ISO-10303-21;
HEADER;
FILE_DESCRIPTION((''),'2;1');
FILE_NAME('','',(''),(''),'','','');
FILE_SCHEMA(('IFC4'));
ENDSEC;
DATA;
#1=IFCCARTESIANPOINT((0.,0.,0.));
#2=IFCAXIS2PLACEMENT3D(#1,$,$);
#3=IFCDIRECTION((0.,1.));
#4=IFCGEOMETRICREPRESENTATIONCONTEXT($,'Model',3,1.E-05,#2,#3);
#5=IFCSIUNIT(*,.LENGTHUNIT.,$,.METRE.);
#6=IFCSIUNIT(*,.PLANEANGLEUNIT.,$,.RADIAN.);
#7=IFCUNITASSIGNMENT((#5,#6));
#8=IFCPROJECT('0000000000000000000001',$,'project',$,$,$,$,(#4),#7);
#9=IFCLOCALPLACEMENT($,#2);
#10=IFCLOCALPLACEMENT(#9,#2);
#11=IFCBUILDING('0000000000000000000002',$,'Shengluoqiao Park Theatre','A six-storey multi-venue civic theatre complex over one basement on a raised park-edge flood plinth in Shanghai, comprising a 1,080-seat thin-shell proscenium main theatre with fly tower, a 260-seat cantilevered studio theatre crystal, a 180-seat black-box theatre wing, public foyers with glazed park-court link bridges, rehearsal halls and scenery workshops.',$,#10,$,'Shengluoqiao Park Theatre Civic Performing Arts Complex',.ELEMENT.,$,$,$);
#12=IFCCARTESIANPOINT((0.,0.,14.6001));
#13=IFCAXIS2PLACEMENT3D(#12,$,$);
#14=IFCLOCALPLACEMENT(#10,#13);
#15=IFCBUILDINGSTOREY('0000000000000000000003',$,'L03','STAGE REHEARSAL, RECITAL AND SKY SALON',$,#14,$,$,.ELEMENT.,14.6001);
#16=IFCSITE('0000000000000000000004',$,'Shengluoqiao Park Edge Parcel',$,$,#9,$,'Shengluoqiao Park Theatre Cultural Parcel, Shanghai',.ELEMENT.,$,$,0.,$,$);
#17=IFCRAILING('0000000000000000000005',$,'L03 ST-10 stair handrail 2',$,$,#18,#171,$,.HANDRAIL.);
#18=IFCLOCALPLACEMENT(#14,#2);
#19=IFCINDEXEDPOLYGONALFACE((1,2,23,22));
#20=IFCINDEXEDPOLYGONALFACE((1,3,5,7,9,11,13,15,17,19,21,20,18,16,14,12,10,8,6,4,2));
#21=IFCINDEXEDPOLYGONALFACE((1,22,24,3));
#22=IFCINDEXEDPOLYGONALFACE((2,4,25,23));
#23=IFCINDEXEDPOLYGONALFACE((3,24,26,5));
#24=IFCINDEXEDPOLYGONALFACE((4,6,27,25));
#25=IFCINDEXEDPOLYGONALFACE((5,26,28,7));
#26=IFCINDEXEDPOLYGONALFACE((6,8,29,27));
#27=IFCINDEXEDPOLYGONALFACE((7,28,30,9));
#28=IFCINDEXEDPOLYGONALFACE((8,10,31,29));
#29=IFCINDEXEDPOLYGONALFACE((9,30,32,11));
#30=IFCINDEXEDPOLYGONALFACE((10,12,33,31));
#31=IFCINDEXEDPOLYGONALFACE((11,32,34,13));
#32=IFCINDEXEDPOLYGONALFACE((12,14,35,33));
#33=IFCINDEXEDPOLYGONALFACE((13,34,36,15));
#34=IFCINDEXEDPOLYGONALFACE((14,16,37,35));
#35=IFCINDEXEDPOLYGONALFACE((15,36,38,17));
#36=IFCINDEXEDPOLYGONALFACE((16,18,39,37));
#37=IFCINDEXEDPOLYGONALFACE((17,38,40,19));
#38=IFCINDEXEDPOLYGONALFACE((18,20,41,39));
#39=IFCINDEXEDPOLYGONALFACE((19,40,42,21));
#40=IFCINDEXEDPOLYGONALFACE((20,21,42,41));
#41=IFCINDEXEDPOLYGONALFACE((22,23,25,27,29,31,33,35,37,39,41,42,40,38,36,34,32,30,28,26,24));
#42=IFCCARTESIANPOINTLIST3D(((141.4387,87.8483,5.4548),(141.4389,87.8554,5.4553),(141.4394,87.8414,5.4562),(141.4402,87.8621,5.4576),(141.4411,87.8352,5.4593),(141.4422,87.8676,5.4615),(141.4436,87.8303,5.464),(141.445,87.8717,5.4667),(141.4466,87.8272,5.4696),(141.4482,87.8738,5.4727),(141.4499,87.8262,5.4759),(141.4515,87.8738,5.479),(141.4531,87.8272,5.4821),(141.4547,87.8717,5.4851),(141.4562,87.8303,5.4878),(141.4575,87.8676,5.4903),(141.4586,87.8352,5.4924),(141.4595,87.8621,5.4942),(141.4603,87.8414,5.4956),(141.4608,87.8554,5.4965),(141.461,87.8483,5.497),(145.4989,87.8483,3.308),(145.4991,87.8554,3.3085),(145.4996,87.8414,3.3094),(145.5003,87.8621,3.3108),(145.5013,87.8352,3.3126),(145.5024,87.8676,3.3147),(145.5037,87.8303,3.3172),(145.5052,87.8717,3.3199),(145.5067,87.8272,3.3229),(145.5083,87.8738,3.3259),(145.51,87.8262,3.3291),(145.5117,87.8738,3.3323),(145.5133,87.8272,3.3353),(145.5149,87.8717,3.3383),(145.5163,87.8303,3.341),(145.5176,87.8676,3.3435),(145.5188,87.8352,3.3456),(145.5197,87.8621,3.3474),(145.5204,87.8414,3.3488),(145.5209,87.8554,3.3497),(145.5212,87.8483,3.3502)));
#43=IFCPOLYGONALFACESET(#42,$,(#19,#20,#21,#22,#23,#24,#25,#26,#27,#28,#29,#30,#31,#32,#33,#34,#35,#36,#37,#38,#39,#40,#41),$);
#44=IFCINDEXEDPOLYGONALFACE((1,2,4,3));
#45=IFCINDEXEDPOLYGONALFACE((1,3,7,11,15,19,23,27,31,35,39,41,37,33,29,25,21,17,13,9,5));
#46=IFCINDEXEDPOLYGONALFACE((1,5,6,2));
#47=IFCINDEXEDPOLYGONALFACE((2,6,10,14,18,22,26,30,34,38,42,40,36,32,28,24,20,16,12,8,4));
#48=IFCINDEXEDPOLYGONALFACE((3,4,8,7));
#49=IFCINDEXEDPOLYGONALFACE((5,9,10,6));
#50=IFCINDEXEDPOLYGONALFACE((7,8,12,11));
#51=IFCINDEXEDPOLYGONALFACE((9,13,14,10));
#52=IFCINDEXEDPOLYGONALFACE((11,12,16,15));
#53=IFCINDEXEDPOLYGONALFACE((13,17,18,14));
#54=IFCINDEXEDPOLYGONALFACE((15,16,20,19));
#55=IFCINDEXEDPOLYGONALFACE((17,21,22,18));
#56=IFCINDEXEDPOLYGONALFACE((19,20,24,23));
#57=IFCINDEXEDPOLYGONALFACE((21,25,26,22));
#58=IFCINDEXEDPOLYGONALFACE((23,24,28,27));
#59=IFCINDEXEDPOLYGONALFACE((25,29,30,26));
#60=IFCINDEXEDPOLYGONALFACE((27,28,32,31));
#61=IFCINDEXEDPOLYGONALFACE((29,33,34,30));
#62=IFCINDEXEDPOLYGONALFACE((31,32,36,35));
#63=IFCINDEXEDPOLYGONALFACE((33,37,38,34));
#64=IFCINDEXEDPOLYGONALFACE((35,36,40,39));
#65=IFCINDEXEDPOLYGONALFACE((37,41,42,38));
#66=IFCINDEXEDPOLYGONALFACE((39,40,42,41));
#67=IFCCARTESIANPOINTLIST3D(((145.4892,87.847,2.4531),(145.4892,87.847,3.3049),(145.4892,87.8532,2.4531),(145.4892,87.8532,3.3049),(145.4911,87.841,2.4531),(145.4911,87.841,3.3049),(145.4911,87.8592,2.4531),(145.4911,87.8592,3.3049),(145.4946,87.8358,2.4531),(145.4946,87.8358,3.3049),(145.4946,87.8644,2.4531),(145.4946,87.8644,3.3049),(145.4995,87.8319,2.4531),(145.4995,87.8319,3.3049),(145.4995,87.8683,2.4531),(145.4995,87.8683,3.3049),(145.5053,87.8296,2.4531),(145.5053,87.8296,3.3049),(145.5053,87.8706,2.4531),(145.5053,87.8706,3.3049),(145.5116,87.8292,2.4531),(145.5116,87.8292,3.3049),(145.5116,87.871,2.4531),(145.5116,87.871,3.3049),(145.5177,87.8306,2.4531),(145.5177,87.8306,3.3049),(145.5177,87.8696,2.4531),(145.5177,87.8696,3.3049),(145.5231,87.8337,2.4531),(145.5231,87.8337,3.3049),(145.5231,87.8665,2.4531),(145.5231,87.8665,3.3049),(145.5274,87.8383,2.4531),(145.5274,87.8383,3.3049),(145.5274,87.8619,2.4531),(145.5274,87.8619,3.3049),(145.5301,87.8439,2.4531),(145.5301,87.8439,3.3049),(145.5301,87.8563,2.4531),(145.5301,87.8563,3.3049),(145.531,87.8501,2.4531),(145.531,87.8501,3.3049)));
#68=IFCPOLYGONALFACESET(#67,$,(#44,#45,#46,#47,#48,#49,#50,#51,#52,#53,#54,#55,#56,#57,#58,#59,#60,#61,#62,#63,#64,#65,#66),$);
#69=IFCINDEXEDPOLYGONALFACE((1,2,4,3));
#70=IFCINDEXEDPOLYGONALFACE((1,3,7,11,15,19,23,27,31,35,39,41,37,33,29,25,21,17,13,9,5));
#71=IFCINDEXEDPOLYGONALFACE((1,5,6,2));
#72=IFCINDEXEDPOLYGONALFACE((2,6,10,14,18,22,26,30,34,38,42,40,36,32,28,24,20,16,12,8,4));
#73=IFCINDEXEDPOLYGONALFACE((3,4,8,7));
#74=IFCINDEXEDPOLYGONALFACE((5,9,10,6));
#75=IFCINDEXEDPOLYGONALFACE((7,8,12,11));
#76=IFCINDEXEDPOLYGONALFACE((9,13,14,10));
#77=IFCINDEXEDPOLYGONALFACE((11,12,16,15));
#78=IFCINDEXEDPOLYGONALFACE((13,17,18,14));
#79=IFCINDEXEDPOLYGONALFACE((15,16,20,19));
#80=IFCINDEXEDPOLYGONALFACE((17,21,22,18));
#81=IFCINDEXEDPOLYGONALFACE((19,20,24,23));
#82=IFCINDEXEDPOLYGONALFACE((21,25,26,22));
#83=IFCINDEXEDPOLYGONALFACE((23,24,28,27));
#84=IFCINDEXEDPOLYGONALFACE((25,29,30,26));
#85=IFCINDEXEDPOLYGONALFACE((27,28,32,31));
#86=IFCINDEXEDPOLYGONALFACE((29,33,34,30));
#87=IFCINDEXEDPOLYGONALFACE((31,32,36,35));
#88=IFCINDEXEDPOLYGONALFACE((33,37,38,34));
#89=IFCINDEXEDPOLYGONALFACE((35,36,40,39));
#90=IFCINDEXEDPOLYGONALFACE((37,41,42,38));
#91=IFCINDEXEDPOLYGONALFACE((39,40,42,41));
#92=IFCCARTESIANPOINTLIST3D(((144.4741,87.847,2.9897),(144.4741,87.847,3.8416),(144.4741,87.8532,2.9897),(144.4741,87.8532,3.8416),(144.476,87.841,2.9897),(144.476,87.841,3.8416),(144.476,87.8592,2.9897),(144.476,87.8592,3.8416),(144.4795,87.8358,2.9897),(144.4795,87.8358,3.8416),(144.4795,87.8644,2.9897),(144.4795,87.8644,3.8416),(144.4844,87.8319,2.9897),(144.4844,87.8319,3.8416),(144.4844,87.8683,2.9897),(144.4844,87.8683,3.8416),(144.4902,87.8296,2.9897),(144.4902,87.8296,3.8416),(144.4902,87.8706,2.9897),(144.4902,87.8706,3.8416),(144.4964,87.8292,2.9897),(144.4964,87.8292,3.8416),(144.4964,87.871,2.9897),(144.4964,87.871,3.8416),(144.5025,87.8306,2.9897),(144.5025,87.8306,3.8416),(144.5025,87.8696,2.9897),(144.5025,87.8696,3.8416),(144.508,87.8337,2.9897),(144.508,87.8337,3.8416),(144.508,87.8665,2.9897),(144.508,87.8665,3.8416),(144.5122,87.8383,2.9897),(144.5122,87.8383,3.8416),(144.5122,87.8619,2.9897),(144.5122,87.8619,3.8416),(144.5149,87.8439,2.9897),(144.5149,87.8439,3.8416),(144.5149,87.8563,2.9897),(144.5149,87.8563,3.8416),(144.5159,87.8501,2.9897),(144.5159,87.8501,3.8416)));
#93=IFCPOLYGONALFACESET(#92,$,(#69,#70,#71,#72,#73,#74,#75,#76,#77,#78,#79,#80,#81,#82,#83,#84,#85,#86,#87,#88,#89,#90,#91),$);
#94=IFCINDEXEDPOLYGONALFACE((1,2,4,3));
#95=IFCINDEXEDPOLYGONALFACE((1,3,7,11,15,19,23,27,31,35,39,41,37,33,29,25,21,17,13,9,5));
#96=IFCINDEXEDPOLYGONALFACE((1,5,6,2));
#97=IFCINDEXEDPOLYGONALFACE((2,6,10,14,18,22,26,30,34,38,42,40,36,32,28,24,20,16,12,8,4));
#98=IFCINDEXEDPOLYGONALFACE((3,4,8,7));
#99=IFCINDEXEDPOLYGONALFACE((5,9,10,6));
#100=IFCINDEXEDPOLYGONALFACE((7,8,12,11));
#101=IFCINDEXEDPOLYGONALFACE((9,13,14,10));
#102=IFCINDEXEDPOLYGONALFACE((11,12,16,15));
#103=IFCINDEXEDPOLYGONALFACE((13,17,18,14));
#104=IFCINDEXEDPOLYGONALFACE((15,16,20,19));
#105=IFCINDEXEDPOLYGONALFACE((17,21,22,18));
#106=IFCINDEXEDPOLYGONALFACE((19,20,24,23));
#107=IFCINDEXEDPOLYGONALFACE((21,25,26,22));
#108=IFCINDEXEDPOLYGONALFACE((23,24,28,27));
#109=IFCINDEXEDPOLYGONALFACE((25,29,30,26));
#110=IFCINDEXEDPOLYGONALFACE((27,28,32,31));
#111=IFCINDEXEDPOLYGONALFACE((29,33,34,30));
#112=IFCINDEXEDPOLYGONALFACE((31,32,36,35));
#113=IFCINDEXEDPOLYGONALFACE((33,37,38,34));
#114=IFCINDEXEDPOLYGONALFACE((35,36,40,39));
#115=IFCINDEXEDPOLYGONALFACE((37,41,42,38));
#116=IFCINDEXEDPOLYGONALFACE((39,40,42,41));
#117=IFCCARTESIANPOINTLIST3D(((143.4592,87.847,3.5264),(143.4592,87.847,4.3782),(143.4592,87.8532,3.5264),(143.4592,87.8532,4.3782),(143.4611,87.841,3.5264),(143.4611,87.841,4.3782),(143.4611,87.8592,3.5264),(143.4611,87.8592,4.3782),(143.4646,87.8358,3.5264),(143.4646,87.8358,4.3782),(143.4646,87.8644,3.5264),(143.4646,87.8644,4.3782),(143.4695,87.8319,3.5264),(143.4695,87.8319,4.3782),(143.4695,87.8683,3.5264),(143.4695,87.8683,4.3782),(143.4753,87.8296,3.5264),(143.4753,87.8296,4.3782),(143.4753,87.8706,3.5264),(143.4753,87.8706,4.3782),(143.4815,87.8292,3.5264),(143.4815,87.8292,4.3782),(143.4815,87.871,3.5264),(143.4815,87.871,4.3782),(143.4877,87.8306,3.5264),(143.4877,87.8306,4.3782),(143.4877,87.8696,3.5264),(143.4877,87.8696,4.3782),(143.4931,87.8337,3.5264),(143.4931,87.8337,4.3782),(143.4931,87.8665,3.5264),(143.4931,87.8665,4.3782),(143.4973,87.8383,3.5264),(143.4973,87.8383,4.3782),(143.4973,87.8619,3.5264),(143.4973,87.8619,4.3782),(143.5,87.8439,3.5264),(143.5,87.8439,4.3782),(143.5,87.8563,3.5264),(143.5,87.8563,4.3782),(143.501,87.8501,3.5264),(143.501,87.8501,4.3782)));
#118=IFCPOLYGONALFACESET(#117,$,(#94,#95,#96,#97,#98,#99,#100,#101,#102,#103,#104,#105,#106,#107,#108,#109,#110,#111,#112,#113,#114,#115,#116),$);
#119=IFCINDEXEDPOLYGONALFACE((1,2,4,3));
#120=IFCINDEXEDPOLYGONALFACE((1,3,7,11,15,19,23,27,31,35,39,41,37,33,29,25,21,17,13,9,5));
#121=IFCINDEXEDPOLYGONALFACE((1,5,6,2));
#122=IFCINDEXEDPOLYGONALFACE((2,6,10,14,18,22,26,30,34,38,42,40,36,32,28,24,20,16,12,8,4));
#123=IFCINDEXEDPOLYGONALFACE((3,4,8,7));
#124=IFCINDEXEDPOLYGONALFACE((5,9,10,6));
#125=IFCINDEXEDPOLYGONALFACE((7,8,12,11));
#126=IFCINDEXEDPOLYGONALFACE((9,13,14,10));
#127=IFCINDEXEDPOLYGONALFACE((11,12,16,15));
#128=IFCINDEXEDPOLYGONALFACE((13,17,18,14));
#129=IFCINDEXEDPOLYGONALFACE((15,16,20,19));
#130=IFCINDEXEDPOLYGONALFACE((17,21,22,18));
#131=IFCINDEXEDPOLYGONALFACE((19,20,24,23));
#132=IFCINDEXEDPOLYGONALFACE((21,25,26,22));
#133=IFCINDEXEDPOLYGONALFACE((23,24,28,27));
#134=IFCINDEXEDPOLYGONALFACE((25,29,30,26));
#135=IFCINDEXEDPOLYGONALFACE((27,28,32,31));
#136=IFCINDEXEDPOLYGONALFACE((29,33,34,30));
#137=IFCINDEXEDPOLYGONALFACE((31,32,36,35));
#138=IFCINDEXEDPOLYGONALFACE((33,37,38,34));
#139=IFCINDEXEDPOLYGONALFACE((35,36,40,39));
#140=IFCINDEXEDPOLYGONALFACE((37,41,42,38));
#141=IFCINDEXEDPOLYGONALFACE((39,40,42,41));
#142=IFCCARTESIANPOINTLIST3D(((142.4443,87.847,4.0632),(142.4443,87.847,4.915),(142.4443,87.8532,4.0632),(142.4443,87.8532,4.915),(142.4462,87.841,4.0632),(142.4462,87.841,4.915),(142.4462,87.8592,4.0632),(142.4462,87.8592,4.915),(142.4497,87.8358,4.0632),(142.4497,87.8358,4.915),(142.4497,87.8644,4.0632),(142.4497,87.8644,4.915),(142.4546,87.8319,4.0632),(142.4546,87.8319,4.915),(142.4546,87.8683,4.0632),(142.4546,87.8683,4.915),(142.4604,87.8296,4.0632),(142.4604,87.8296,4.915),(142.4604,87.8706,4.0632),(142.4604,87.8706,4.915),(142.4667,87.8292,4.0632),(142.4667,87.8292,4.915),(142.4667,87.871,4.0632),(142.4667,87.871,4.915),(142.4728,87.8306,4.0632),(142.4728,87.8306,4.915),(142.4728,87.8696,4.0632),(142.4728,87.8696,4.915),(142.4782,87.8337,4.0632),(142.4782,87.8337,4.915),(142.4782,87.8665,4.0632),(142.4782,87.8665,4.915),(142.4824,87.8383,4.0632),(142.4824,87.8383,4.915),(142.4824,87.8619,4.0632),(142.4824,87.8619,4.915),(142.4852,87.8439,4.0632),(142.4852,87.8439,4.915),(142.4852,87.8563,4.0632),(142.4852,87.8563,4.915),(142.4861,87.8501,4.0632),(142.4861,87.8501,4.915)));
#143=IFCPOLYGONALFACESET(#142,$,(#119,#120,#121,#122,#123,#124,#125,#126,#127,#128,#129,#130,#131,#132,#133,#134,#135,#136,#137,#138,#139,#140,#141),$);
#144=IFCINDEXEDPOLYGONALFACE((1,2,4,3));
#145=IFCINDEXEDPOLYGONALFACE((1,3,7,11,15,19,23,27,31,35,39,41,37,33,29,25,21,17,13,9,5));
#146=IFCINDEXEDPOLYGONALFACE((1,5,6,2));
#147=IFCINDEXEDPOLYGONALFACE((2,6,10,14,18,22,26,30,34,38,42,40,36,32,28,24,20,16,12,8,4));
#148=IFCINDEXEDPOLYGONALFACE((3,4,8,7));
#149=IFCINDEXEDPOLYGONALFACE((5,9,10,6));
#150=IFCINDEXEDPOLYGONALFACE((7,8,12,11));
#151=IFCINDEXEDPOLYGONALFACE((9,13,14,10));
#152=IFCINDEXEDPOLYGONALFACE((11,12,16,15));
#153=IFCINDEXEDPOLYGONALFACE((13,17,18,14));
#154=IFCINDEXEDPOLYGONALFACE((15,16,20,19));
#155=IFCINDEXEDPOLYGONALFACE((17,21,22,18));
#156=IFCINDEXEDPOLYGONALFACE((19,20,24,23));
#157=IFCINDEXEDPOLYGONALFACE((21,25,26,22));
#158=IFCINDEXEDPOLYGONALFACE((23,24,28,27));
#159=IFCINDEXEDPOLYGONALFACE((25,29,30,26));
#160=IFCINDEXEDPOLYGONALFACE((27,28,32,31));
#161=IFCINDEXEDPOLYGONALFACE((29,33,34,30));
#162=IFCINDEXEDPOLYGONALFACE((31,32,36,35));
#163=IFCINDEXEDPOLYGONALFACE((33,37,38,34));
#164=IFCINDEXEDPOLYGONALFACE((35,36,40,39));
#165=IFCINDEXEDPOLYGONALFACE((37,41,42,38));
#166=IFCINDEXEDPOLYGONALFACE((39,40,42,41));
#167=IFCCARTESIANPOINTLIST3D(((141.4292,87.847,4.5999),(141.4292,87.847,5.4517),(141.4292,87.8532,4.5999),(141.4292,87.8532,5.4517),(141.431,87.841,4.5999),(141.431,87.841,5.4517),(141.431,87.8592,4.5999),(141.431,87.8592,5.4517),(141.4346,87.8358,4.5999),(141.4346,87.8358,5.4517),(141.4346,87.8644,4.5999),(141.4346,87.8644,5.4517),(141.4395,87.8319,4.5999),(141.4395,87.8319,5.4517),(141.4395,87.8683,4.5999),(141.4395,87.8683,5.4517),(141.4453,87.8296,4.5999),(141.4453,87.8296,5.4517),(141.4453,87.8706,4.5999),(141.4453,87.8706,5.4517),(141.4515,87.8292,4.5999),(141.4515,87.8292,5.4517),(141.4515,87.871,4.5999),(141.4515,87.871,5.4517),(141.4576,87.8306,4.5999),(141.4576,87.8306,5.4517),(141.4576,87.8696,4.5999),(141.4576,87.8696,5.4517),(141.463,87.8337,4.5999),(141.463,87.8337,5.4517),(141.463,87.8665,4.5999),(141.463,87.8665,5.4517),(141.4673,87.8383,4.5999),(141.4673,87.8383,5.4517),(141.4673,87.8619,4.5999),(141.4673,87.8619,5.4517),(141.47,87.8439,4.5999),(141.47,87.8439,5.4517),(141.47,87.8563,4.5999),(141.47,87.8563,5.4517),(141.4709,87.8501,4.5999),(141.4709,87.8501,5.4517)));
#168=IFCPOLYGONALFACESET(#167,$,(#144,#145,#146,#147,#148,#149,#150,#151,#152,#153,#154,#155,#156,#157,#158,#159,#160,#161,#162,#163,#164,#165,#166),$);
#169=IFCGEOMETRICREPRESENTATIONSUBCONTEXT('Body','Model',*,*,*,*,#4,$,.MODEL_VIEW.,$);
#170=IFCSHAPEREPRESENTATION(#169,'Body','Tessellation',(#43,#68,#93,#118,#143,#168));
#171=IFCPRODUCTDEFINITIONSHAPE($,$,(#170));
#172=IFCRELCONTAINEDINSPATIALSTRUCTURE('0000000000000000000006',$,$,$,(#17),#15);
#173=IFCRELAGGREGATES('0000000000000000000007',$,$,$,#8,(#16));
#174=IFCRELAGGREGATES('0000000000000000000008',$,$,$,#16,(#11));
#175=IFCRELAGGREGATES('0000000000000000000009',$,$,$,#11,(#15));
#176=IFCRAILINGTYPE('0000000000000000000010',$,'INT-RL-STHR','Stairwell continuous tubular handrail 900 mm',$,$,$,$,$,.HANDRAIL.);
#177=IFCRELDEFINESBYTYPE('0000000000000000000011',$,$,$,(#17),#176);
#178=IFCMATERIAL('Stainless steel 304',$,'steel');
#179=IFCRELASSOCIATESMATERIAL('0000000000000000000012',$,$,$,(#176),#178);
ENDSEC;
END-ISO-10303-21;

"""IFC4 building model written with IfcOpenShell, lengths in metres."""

from ifc_helpers import new_model, si_unit, direction, frame, origin, origin_2d, place, context, subcontext, project, spatial, circle, extrude, material, type_object, element, save


model = new_model("IFC4")

# Units and contexts
model_context = context("Model", 3, precision=1e-05, world=origin(), true_north=direction((0.0, 1.0)))
body_context = subcontext(model_context, "Body", "Model", "MODEL_VIEW")
ifc_project = project(units=[si_unit("LENGTHUNIT", "METRE"), si_unit("PLANEANGLEUNIT", "RADIAN")], contexts=[model_context])

# Site, building, storey
site_placement = place(None, origin())
site = spatial("IfcSite", under=ifc_project, at=site_placement, Name="Shengluoqiao Park Edge Parcel", LongName="Shengluoqiao Park Theatre Cultural Parcel, Shanghai", CompositionType="ELEMENT", RefElevation=0.0)
building_placement = place(site_placement, origin())
building = spatial("IfcBuilding", under=site, at=building_placement, Name="Shengluoqiao Park Theatre", Description="A six-storey multi-venue civic theatre complex over one basement on a raised park-edge flood plinth in Shanghai, comprising a 1,080-seat thin-shell proscenium main theatre with fly tower, a 260-seat cantilevered studio theatre crystal, a 180-seat black-box theatre wing, public foyers with glazed park-court link bridges, rehearsal halls and scenery workshops.", LongName="Shengluoqiao Park Theatre Civic Performing Arts Complex", CompositionType="ELEMENT")
storey_placement = place(building_placement, frame((0.0, 0.0, 14.6001)))
storey = spatial("IfcBuildingStorey", under=building, at=storey_placement, Name="L03", Description="STAGE REHEARSAL, RECITAL AND SKY SALON", CompositionType="ELEMENT", Elevation=14.6001)

# Railing
ifc_material_1 = material(Name="Stainless steel 304", Category="steel")
railing_type_1 = type_object("IfcRailingType", Name="INT-RL-STHR", Description="Stairwell continuous tubular handrail 900 mm", PredefinedType="HANDRAIL", material=ifc_material_1)
railing_1_placement = place(storey_placement, frame((145.51, 87.8501, 2.4531)))
element("IfcRailing", 1, at=railing_1_placement, inside=storey, type_object=railing_type_1, Name="L03 ST-10 stair handrail 2", PredefinedType="HANDRAIL", context=body_context, shape_type="SweptSolid", body=[
    extrude(circle(Radius=0.0239, at=origin_2d()), frame((0.0, 0.0, 0.876), z_axis=(-0.884032, 0.0, 0.467426), x_axis=(0.0, -1.0, 0.0)), (0.0, 0.0, 1.0), 4.5928),
    extrude(circle(Radius=0.021, at=origin_2d()), origin(), (0.0, 0.0, 1.0), 0.8518),
    extrude(circle(Radius=0.021, at=origin_2d()), frame((-1.0151, 0.0, 0.5366)), (0.0, 0.0, 1.0), 0.8518),
    extrude(circle(Radius=0.021, at=origin_2d()), frame((-2.03, 0.0, 1.0732)), (0.0, 0.0, 1.0), 0.8518),
    extrude(circle(Radius=0.021, at=origin_2d()), frame((-3.0449, 0.0, 1.6101)), (0.0, 0.0, 1.0), 0.8518),
    extrude(circle(Radius=0.021, at=origin_2d()), frame((-4.0601, 0.0, 2.1467)), (0.0, 0.0, 1.0), 0.8518),
])

save(model, "model.ifc")
